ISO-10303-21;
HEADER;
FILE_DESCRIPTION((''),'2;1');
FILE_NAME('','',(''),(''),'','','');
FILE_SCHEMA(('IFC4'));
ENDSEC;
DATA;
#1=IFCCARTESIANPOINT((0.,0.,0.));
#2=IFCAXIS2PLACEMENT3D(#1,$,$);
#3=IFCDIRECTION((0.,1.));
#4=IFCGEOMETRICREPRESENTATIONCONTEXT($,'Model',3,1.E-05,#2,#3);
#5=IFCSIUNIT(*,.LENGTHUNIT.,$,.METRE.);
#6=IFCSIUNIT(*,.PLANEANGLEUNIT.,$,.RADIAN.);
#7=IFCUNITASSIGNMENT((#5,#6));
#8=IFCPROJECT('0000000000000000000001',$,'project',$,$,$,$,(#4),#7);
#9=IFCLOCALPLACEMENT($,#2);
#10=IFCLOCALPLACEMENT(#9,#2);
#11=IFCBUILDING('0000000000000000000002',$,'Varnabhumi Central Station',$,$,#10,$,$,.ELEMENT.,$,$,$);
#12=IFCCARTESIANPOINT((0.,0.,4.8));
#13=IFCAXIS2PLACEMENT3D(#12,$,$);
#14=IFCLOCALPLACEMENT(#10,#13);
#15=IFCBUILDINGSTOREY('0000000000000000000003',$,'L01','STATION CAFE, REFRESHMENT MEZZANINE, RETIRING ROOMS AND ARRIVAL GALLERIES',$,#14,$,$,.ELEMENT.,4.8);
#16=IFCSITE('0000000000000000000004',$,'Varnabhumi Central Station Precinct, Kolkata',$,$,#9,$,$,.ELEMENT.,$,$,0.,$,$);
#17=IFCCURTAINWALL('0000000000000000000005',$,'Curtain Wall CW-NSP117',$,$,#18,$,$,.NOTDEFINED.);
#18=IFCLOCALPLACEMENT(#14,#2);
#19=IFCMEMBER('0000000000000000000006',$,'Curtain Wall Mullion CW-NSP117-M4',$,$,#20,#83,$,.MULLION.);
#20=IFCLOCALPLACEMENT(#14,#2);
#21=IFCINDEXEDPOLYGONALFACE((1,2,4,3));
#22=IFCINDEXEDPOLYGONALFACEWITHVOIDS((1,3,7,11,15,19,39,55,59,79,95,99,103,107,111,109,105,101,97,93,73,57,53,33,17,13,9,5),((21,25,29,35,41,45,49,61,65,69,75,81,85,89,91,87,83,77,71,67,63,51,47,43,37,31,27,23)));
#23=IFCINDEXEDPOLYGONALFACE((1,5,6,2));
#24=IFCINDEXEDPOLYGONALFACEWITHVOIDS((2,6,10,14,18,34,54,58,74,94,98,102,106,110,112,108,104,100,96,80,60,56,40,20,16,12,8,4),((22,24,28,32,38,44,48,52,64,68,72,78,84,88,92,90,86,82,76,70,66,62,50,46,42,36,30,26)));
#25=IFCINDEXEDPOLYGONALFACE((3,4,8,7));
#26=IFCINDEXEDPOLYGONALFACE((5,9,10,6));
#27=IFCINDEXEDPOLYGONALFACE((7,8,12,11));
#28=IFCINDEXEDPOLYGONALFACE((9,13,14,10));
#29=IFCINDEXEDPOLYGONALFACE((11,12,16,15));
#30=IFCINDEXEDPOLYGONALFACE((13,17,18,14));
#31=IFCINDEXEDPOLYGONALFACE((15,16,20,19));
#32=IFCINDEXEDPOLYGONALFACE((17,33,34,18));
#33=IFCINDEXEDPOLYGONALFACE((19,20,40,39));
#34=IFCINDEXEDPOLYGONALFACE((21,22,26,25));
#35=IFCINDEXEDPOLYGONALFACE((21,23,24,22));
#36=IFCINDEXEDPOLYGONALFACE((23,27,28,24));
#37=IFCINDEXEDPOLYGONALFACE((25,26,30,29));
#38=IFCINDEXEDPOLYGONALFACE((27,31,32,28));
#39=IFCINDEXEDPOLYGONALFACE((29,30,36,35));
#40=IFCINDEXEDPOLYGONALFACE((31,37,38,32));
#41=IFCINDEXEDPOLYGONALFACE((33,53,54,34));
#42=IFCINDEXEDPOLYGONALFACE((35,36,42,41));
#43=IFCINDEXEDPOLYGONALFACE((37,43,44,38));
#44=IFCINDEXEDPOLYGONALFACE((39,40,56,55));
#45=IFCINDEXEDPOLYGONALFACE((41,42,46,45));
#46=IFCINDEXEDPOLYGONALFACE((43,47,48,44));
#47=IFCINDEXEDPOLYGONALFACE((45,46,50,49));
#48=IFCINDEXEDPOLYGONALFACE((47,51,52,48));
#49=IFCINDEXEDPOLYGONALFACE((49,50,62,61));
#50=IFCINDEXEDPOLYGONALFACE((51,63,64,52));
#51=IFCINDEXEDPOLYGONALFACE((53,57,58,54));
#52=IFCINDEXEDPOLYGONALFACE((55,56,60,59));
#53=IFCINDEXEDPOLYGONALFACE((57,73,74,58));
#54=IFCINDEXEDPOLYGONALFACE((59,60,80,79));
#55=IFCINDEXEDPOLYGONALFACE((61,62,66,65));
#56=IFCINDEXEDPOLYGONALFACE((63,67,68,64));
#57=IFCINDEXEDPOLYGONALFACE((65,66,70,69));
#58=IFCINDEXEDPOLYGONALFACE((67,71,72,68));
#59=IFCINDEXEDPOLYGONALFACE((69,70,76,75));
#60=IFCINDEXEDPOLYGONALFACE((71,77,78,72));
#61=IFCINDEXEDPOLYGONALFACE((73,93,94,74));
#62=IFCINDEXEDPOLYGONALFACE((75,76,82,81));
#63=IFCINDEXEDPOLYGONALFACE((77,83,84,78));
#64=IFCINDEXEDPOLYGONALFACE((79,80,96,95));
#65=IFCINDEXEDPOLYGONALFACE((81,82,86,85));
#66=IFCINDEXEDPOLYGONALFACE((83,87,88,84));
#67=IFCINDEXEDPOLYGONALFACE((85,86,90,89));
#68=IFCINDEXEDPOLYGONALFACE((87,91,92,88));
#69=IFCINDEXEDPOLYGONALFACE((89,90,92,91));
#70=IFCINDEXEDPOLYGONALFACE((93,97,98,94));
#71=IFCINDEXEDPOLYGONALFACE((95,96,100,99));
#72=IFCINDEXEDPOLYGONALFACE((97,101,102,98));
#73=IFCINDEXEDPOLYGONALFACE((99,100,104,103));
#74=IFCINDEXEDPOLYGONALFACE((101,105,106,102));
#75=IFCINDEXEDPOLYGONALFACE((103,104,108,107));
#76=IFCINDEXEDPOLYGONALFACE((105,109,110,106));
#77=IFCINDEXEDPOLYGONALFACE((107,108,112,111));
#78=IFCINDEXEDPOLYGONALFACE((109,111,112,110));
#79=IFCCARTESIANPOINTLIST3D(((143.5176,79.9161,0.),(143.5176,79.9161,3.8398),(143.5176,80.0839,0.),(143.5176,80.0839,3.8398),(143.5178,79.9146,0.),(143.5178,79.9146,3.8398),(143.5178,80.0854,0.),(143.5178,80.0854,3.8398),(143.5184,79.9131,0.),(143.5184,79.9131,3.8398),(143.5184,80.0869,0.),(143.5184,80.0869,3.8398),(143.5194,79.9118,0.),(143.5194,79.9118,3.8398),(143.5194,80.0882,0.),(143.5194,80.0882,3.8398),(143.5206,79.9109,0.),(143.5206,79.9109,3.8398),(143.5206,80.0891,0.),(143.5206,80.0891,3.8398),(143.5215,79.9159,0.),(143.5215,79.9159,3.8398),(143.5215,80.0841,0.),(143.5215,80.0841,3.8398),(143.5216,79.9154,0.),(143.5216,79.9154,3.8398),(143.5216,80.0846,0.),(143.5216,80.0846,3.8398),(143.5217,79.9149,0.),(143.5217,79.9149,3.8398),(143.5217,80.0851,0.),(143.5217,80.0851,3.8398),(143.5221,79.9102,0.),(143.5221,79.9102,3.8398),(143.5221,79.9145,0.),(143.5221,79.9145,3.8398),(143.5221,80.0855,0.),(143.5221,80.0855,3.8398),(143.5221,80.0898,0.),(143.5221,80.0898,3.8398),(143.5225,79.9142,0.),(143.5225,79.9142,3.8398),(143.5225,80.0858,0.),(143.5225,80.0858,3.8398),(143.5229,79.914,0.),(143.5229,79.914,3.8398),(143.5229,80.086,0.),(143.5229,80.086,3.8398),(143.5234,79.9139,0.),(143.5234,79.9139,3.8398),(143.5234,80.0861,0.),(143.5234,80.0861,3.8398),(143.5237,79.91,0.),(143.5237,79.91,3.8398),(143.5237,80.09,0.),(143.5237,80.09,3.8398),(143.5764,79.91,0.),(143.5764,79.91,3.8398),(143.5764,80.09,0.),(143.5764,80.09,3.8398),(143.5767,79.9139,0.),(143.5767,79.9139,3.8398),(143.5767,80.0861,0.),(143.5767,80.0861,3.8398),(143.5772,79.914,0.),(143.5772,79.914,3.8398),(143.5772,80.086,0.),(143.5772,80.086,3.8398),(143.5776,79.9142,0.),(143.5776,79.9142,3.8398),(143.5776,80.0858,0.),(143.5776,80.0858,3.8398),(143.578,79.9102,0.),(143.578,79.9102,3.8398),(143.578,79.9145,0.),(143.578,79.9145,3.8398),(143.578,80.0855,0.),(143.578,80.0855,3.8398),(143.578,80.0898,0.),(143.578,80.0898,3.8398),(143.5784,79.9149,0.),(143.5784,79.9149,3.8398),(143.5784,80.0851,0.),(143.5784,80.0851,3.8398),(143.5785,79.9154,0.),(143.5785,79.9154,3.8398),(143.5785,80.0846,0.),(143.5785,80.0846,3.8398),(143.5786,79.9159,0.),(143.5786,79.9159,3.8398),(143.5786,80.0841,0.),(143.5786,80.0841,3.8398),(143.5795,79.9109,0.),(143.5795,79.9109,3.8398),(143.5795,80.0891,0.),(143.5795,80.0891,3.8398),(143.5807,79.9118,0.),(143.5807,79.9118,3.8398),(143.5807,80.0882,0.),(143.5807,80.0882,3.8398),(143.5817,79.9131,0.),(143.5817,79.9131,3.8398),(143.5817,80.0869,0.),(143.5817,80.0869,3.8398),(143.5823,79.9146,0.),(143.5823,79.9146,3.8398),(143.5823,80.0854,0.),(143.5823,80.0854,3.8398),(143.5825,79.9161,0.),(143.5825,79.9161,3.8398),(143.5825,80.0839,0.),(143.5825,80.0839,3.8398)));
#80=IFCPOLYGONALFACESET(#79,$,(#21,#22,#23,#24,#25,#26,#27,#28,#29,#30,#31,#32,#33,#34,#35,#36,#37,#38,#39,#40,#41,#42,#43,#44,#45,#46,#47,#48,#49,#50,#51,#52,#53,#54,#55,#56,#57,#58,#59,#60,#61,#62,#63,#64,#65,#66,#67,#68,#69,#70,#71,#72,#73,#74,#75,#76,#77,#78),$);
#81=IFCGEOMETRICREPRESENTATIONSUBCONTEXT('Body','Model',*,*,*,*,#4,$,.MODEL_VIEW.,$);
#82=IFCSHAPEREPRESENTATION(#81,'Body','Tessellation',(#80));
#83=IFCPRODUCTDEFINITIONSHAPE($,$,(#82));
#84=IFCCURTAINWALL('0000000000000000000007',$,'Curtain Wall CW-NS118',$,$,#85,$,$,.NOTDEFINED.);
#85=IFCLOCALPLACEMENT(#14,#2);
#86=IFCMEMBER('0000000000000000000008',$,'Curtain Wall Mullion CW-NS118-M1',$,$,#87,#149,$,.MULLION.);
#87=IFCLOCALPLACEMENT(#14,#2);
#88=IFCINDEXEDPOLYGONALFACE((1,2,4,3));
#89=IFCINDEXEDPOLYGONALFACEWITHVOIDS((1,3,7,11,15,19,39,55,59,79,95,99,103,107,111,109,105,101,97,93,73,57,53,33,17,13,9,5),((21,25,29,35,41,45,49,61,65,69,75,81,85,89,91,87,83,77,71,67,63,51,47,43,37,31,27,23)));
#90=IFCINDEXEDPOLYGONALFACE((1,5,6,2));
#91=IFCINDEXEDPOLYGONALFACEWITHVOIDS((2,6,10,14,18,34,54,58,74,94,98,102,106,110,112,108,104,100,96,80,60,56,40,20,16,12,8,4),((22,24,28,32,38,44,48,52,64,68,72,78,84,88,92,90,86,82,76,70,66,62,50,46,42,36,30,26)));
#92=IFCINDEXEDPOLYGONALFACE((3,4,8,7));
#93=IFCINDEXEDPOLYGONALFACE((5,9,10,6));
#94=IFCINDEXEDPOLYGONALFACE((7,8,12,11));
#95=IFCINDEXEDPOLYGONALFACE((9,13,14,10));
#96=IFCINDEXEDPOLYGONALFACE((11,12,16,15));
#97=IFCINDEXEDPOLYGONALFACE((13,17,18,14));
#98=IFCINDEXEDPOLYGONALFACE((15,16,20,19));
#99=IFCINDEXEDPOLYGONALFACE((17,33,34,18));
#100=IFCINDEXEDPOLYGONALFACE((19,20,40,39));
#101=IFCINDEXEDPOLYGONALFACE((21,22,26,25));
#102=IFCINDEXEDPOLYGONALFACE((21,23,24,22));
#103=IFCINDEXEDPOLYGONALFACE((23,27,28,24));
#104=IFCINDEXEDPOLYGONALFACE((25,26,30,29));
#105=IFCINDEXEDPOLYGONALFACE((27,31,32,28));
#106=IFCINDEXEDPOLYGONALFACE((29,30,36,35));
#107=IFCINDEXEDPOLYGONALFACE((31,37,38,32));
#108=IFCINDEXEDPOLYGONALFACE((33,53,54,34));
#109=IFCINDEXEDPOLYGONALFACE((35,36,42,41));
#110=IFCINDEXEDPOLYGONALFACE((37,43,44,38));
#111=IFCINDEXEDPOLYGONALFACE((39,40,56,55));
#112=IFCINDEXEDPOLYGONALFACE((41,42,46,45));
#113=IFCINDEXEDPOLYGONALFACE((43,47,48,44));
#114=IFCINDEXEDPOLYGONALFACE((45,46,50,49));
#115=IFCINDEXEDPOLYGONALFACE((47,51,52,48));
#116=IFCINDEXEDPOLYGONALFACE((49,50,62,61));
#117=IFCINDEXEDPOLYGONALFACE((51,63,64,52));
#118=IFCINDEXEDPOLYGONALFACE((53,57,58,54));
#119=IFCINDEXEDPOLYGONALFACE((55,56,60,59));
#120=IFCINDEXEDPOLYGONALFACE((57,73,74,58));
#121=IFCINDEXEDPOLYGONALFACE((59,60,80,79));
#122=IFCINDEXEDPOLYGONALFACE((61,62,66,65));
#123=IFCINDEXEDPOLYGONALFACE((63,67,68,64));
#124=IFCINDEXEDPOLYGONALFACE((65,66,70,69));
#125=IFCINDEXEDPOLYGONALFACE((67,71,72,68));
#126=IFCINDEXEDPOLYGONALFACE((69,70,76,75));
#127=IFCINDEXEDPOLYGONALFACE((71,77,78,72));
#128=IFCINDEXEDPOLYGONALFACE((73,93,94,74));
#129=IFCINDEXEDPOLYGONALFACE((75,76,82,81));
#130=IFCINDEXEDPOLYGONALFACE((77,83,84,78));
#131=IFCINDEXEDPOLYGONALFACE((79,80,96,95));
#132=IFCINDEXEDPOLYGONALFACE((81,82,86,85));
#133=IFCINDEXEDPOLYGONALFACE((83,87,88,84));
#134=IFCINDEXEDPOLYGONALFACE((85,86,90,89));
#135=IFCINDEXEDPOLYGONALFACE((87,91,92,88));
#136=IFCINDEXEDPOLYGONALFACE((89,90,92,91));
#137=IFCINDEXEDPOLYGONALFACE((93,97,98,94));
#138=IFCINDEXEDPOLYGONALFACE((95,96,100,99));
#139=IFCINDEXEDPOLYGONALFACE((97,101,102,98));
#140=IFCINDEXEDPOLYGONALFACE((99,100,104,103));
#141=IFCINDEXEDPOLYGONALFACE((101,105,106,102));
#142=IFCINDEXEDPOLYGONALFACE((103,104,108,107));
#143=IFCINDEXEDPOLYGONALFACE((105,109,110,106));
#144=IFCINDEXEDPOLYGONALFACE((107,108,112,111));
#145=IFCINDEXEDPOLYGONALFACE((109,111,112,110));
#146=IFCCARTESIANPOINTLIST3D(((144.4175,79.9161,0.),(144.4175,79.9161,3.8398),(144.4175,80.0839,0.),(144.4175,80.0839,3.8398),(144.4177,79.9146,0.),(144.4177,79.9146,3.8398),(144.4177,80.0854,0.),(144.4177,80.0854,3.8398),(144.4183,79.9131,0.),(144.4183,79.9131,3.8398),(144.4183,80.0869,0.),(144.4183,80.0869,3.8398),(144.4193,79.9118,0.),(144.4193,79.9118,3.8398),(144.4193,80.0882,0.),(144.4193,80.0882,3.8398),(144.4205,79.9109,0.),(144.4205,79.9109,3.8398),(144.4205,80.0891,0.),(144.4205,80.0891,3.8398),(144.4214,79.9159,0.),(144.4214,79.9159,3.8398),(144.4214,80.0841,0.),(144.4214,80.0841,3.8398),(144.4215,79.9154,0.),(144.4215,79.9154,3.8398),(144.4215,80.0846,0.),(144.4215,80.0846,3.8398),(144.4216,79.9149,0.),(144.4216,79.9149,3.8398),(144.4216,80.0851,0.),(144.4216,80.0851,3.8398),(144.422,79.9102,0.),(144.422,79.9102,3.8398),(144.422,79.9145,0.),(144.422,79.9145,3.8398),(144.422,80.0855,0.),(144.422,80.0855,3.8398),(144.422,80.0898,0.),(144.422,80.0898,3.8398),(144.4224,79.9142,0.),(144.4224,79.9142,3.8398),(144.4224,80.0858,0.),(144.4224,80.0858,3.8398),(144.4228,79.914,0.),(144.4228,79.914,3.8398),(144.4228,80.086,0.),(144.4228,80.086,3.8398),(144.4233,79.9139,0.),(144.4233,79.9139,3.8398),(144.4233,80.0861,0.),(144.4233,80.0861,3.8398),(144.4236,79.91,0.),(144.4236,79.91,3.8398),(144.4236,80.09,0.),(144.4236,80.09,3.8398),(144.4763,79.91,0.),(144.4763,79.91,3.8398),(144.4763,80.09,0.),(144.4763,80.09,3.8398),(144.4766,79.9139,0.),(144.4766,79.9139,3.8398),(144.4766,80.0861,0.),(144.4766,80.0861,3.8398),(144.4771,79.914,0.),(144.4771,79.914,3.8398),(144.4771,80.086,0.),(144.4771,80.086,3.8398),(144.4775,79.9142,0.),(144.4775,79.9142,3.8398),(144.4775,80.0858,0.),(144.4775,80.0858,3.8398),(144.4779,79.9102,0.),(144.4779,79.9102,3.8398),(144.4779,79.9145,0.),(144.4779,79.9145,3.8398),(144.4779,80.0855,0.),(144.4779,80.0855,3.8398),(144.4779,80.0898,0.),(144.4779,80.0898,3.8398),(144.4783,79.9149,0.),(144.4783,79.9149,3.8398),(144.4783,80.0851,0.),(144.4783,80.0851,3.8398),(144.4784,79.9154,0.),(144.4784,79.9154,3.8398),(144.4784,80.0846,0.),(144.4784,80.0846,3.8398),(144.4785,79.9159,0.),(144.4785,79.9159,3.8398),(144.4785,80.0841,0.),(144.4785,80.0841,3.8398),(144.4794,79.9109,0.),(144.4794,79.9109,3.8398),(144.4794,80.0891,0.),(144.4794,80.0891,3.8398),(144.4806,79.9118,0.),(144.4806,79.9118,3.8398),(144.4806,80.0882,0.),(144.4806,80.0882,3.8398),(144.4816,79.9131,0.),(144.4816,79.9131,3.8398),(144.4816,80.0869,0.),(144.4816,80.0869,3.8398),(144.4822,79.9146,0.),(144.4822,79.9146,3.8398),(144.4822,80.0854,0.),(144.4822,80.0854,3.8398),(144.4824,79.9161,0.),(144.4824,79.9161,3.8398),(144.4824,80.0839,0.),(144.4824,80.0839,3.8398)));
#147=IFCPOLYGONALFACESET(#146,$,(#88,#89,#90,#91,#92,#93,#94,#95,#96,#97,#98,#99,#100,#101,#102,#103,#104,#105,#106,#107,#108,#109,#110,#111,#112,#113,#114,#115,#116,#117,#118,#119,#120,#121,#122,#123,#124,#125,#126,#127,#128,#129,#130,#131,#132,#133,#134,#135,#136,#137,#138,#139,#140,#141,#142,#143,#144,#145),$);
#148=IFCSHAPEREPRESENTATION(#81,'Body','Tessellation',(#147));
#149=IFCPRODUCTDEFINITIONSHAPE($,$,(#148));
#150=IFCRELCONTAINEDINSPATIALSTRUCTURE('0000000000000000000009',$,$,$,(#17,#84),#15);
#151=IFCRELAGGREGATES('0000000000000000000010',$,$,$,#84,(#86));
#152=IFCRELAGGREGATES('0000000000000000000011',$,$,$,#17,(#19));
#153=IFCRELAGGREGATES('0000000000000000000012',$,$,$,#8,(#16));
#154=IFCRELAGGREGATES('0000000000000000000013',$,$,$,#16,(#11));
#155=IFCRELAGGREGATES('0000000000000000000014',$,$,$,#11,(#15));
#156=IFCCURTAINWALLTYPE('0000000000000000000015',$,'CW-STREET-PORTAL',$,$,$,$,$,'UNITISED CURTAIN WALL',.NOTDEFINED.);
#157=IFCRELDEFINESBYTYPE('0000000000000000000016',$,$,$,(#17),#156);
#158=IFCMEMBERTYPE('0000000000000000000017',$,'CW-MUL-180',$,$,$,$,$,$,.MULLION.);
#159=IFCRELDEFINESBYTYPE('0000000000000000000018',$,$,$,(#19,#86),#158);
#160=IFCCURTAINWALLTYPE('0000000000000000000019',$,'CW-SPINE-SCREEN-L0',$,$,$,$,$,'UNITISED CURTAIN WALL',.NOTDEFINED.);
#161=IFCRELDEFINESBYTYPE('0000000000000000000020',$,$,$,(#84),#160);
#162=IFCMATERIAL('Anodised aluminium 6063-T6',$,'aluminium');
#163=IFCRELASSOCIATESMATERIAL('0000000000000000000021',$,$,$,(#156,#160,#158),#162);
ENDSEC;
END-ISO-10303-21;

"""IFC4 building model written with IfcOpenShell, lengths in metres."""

from ifc_helpers import new_model, si_unit, direction, frame, origin, origin_2d, place, context, subcontext, project, spatial, hollow_rectangle, extrude, material, material_profile, profile_set, type_object, element, aggregate, save


model = new_model("IFC4")

# Units and contexts
model_context = context("Model", 3, precision=1e-05, world=origin(), true_north=direction((0.0, 1.0)))
body_context = subcontext(model_context, "Body", "Model", "MODEL_VIEW")
ifc_project = project(units=[si_unit("LENGTHUNIT", "METRE"), si_unit("PLANEANGLEUNIT", "RADIAN")], contexts=[model_context])

# Site, building, storey
site_placement = place(None, origin())
site = spatial("IfcSite", under=ifc_project, at=site_placement, Name="Varnabhumi Central Station Precinct, Kolkata", CompositionType="ELEMENT", RefElevation=0.0)
building_placement = place(site_placement, origin())
building = spatial("IfcBuilding", under=site, at=building_placement, Name="Varnabhumi Central Station", CompositionType="ELEMENT")
storey_placement = place(building_placement, frame((0.0, 0.0, 4.8)))
storey = spatial("IfcBuildingStorey", under=building, at=storey_placement, Name="L01", Description="STATION CAFE, REFRESHMENT MEZZANINE, RETIRING ROOMS AND ARRIVAL GALLERIES", CompositionType="ELEMENT", Elevation=4.8)

# Curtain walls, members
ifc_material_1 = material(Name="Anodised aluminium 6063-T6", Category="aluminium")
curtain_wall_type_1 = type_object("IfcCurtainWallType", Name="CW-STREET-PORTAL", ElementType="UNITISED CURTAIN WALL", PredefinedType="NOTDEFINED", material=ifc_material_1)
curtain_wall_1_placement = place(storey_placement, origin())
curtain_wall_1 = element("IfcCurtainWall", 1, at=curtain_wall_1_placement, inside=storey, type_object=curtain_wall_type_1, Name="Curtain Wall CW-NSP117", PredefinedType="NOTDEFINED")
ifc_material_profile_1 = material_profile(ifc_material_1, hollow_rectangle(XDim=0.0649, YDim=0.1799, WallThickness=0.0039, InnerFilletRadius=0.002, OuterFilletRadius=0.0061, at=origin_2d()), Name="Anodised aluminium 6063-T6", Category="aluminium")
ifc_profile_set_1 = profile_set([ifc_material_profile_1], Name="Anodised aluminium 6063-T6")
member_type_1 = type_object("IfcMemberType", Name="CW-MUL-180", PredefinedType="MULLION", material=ifc_profile_set_1)
member_1_placement = place(storey_placement, frame((143.55, 80.0, 0.0), z_axis=(0.0, 0.0, 1.0), x_axis=(1.0, 0.0, 0.0)))
member_1 = element("IfcMember", 2, at=member_1_placement, type_object=member_type_1, Name="Curtain Wall Mullion CW-NSP117-M4", PredefinedType="MULLION", context=body_context, shape_type="SweptSolid", body=[
    extrude(hollow_rectangle(XDim=0.0649, YDim=0.1799, WallThickness=0.0039, InnerFilletRadius=0.002, OuterFilletRadius=0.0061, at=origin_2d()), origin(), (0.0, 0.0, 1.0), 3.8398),
])
curtain_wall_type_2 = type_object("IfcCurtainWallType", Name="CW-SPINE-SCREEN-L0", ElementType="UNITISED CURTAIN WALL", PredefinedType="NOTDEFINED", material=ifc_material_1)
curtain_wall_2_placement = place(storey_placement, origin())
curtain_wall_2 = element("IfcCurtainWall", 3, at=curtain_wall_2_placement, inside=storey, type_object=curtain_wall_type_2, Name="Curtain Wall CW-NS118", PredefinedType="NOTDEFINED")
member_2_placement = place(storey_placement, frame((144.45, 80.0, 0.0), z_axis=(0.0, 0.0, 1.0), x_axis=(1.0, 0.0, 0.0)))
member_2 = element("IfcMember", 4, at=member_2_placement, type_object=member_type_1, Name="Curtain Wall Mullion CW-NS118-M1", PredefinedType="MULLION", context=body_context, shape_type="SweptSolid", body=[
    extrude(hollow_rectangle(XDim=0.0649, YDim=0.1799, WallThickness=0.0039, InnerFilletRadius=0.002, OuterFilletRadius=0.0061, at=origin_2d()), origin(), (0.0, 0.0, 1.0), 3.8398),
])

aggregate(curtain_wall_2, [member_2])
aggregate(curtain_wall_1, [member_1])

save(model, "model.ifc")
